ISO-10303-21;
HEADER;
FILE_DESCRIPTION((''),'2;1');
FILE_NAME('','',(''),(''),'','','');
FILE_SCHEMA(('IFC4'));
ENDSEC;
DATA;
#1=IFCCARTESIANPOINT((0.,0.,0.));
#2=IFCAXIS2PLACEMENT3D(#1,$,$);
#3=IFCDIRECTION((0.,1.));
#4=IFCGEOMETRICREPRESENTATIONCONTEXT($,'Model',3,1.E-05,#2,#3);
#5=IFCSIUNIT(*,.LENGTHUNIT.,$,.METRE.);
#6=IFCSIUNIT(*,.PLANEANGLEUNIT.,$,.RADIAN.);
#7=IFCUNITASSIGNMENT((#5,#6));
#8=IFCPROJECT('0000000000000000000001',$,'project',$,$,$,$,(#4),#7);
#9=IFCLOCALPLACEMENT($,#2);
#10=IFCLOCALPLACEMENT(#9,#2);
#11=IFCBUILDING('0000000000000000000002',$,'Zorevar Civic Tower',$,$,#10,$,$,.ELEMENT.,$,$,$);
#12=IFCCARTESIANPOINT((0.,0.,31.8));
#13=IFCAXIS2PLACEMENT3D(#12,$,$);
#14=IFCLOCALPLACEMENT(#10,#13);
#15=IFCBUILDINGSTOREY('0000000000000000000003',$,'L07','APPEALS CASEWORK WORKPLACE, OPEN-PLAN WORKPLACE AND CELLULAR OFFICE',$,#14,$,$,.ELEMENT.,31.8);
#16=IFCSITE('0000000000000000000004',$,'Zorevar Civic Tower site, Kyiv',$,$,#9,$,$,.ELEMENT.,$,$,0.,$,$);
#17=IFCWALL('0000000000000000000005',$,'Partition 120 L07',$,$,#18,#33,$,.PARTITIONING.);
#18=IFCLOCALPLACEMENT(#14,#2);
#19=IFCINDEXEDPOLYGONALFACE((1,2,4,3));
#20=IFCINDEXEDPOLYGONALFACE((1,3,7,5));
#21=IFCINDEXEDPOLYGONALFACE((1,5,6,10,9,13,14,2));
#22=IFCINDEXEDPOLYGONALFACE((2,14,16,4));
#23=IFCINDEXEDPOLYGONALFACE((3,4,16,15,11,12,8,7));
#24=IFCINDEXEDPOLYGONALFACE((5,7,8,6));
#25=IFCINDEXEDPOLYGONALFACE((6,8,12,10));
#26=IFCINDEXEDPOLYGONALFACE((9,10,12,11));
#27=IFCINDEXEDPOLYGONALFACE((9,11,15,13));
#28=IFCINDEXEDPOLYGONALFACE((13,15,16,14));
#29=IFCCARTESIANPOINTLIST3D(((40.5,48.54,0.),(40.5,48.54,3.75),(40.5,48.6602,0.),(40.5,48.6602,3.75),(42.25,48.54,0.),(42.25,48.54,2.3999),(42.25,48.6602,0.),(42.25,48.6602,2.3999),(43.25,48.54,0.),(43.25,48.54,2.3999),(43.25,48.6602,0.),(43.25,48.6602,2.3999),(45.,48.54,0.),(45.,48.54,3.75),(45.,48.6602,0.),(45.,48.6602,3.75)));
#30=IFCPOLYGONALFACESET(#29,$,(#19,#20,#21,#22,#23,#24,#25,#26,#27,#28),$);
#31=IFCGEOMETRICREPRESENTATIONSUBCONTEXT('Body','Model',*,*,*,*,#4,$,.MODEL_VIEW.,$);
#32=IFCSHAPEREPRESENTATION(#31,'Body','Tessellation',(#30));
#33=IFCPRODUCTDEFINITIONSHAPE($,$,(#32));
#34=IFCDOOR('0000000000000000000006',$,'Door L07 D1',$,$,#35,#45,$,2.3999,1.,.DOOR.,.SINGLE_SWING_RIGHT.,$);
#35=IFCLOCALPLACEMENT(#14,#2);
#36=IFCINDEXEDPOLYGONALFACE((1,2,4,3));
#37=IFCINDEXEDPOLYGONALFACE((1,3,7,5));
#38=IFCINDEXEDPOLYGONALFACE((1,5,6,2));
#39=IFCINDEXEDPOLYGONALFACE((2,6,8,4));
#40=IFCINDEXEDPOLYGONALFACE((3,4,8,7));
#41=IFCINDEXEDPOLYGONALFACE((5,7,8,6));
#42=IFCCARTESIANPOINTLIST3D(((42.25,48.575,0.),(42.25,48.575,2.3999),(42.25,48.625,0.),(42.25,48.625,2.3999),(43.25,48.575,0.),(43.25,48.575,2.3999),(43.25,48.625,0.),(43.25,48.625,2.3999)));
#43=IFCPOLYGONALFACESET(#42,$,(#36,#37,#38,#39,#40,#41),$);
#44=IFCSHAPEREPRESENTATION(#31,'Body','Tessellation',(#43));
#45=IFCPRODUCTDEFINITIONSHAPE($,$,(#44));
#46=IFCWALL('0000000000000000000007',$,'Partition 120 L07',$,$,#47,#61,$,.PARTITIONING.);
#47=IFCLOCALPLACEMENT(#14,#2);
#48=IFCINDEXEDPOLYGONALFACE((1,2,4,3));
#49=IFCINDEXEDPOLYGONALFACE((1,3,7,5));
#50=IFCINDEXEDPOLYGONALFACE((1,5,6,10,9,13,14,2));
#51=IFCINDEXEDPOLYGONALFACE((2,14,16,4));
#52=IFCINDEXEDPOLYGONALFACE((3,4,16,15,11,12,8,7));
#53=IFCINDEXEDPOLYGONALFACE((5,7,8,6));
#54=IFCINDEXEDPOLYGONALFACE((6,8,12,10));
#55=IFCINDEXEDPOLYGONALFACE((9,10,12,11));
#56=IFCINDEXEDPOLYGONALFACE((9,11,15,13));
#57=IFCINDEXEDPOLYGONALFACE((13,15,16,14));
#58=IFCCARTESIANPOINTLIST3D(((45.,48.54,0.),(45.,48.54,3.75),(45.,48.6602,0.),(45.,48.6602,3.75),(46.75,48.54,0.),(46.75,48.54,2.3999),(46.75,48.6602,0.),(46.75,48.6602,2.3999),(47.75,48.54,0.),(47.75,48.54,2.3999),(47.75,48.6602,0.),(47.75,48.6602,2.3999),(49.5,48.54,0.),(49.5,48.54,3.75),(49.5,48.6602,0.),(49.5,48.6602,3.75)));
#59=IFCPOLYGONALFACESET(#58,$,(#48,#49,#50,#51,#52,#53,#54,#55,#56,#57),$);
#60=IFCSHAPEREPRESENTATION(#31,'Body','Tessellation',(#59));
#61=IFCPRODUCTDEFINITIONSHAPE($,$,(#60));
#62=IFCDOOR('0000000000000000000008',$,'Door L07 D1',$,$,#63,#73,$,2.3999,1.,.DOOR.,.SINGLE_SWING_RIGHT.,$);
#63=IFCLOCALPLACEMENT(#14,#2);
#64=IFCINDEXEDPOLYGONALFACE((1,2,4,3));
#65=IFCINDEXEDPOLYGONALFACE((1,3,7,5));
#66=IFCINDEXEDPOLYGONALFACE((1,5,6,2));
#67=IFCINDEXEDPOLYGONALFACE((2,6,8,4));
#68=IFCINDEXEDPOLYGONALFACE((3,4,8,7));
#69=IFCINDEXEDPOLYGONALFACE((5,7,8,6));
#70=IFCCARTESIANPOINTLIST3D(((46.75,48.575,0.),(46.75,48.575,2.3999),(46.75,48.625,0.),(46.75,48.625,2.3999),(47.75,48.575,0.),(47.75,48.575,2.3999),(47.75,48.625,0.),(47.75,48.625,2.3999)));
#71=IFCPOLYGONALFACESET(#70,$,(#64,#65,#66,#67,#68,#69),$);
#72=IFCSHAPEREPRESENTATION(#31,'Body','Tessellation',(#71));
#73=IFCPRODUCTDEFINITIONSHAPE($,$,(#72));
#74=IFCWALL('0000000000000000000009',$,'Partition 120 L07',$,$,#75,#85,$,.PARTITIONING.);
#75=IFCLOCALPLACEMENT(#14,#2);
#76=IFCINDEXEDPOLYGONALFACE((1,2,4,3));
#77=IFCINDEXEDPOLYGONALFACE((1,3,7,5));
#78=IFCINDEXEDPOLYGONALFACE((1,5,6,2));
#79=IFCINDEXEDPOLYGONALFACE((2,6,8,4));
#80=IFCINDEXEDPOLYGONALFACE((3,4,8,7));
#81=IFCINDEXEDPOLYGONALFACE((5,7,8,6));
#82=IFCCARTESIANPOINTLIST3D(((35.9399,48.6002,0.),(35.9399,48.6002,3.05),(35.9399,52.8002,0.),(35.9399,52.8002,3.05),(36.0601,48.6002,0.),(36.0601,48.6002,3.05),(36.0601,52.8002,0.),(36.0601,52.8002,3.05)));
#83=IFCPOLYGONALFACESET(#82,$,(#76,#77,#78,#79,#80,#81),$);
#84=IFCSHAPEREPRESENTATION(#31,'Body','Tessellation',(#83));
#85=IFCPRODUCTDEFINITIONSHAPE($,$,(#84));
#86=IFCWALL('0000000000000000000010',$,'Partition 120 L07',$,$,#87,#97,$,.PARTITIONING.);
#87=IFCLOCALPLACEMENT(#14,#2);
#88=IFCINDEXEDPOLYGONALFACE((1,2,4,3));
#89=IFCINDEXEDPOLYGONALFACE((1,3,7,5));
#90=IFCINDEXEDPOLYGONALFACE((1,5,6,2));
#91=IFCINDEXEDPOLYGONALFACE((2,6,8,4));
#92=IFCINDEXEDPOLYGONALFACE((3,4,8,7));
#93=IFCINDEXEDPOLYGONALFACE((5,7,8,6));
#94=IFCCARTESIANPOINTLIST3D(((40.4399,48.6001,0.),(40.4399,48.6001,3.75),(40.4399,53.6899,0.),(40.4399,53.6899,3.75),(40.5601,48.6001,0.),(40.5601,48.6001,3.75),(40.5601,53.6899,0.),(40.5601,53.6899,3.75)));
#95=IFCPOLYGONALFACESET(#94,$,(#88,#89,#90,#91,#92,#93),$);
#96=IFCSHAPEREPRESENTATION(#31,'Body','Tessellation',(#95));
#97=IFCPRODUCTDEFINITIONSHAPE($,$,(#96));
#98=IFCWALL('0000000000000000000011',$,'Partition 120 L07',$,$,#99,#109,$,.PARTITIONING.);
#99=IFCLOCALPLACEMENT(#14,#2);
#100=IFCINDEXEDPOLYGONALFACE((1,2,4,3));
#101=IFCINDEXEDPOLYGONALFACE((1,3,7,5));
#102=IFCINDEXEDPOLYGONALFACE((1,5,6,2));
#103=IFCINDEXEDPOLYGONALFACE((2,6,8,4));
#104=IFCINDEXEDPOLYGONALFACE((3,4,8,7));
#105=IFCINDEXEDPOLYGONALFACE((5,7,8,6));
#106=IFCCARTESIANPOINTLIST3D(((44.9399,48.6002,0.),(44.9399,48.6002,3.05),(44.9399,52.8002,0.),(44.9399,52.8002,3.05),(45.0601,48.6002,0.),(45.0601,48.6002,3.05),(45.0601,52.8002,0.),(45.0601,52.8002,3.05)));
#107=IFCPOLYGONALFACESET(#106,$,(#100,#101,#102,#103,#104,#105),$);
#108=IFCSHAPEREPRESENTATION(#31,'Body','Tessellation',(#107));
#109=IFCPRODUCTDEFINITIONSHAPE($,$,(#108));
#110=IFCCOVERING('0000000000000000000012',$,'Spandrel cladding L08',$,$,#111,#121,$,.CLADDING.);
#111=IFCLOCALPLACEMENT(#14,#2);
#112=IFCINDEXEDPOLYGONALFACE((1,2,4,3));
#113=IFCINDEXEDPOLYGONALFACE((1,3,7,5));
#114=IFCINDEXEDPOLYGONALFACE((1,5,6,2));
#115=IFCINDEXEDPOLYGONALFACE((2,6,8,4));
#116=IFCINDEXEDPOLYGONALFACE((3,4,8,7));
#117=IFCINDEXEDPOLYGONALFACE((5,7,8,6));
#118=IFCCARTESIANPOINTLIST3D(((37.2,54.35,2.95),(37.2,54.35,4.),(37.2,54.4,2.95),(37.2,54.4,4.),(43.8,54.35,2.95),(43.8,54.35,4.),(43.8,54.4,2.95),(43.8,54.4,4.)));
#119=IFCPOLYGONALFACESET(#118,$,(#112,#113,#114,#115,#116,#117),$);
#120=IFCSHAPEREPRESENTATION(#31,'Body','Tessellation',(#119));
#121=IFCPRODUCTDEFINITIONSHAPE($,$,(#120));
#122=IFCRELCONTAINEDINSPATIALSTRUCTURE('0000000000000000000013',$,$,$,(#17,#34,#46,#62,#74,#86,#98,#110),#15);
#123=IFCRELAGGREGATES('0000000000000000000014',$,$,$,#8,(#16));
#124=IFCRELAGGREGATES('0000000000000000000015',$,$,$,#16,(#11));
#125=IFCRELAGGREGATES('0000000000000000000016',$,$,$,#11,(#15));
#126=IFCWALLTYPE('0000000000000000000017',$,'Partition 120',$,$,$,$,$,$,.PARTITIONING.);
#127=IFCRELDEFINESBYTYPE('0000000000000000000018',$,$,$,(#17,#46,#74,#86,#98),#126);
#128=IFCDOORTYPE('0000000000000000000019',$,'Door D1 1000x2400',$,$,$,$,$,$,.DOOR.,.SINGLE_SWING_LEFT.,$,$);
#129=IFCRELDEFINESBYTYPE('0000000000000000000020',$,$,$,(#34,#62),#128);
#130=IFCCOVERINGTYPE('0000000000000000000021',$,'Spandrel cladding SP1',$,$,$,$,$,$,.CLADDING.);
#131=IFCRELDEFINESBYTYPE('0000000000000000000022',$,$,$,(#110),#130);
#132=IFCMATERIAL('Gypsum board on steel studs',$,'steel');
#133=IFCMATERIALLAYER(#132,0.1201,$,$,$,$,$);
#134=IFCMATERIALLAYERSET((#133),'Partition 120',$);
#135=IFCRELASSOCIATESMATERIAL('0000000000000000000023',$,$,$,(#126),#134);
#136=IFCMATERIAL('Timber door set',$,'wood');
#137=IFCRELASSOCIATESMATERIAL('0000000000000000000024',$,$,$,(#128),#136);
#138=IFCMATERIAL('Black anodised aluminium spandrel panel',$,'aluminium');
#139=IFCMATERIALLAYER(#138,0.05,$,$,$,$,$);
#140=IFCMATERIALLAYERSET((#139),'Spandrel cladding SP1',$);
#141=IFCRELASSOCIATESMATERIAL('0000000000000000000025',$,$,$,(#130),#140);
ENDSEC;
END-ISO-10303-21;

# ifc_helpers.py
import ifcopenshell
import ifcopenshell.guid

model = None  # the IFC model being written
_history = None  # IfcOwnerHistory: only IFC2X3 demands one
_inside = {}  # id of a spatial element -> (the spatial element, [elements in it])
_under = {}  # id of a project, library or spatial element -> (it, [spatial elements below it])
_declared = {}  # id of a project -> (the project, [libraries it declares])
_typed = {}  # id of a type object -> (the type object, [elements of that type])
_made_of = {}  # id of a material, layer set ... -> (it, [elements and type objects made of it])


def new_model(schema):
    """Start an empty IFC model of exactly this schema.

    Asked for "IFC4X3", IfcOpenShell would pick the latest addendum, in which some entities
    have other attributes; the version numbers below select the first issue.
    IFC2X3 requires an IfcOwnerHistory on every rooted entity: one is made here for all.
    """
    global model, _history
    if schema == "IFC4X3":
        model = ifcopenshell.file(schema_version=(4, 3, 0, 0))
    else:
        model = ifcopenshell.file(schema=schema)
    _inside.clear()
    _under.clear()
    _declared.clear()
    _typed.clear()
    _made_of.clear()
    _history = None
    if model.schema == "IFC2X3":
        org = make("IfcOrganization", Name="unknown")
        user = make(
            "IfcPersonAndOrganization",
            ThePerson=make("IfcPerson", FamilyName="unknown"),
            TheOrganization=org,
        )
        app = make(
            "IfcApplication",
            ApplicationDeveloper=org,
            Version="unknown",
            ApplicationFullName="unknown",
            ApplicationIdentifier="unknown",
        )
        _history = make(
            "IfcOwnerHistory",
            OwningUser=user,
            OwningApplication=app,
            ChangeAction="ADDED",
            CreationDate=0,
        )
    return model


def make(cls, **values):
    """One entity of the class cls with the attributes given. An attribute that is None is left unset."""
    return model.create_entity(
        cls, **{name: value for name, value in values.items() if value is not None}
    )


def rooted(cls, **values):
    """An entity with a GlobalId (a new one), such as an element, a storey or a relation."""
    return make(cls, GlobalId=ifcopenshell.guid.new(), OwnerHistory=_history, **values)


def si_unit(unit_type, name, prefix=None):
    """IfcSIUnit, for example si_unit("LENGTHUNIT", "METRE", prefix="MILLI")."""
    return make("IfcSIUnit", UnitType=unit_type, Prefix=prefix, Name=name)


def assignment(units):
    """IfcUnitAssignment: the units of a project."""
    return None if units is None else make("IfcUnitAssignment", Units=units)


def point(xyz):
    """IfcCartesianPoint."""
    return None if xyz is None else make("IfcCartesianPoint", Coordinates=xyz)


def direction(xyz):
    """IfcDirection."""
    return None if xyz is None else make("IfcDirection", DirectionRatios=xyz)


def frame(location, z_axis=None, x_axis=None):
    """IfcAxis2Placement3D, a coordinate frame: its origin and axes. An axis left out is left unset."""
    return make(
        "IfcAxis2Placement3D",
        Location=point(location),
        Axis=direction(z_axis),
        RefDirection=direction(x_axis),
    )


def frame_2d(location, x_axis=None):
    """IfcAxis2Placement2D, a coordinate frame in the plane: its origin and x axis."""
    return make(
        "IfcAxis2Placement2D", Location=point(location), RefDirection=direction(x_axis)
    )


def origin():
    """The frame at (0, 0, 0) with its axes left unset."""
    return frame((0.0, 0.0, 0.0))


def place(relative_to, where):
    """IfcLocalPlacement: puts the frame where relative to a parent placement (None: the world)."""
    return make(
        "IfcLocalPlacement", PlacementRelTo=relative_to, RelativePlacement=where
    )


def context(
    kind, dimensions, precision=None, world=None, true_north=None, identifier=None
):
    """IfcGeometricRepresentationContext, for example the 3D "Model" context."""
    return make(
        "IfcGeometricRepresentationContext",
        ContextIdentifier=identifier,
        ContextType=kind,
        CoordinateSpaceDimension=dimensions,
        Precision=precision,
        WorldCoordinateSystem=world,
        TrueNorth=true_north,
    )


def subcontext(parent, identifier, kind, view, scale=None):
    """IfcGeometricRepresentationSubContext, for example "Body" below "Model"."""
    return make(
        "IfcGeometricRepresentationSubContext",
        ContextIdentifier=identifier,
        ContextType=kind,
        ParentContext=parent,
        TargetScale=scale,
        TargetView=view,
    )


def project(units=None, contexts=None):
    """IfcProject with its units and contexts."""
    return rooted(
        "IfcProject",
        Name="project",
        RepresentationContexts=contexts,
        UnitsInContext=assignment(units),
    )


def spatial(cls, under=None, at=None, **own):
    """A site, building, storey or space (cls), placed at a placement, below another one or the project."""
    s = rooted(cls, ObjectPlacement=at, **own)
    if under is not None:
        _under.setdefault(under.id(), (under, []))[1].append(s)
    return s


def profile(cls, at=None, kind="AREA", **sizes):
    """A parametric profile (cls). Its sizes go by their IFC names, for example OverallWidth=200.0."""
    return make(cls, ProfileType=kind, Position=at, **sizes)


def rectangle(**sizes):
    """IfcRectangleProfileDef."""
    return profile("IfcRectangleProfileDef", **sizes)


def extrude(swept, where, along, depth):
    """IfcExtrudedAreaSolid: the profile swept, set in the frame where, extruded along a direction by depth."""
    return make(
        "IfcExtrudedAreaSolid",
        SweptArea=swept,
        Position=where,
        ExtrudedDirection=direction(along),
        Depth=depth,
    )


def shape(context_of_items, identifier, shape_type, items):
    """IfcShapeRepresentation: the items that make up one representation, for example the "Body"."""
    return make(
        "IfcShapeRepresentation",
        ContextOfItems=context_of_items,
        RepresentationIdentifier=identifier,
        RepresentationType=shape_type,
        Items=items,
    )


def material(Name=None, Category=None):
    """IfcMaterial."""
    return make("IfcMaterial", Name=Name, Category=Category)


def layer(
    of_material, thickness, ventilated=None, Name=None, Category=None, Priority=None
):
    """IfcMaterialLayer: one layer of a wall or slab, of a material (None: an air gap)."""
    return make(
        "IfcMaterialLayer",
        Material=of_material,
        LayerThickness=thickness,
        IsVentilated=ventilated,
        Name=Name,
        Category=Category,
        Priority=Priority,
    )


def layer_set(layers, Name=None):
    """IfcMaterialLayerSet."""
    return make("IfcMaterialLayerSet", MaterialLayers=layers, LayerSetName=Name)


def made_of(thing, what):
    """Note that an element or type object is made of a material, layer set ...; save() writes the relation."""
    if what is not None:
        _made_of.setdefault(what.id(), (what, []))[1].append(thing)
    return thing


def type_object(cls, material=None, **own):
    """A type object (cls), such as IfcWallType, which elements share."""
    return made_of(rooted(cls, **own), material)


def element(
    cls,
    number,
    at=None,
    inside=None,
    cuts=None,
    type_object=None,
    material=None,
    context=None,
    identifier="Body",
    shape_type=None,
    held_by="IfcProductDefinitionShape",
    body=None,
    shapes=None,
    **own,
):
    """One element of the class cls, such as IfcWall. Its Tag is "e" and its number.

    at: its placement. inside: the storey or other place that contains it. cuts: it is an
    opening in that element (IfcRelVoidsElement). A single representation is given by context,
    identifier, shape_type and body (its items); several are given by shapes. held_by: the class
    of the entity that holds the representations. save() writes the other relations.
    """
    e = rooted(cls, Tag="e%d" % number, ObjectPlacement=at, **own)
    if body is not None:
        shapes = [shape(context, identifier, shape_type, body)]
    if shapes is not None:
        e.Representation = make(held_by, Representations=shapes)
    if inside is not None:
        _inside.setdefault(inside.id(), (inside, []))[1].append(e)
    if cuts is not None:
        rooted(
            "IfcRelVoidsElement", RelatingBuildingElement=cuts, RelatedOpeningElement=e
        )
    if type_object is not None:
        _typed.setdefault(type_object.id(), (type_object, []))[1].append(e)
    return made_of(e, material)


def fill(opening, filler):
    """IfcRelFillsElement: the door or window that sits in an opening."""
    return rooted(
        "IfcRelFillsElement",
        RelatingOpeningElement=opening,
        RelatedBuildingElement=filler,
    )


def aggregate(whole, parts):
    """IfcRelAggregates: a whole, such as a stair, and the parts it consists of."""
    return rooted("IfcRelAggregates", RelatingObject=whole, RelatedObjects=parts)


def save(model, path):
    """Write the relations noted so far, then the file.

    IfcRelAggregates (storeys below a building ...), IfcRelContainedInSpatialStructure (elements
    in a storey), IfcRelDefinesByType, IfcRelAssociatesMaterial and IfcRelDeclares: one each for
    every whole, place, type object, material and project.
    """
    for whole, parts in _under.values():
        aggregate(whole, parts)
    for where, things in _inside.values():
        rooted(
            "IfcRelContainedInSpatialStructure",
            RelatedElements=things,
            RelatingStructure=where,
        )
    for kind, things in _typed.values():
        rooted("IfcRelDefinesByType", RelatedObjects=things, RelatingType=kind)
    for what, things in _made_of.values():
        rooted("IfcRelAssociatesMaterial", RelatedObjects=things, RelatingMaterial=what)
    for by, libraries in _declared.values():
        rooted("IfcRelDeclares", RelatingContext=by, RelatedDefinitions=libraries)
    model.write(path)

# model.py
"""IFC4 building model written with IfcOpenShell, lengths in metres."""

from ifc_helpers import new_model, si_unit, direction, frame, frame_2d, origin, place, context, subcontext, project, spatial, rectangle, extrude, material, layer, layer_set, type_object, element, fill, save


model = new_model("IFC4")

# Units and contexts
model_context = context("Model", 3, precision=1e-05, world=origin(), true_north=direction((0.0, 1.0)))
body_context = subcontext(model_context, "Body", "Model", "MODEL_VIEW")
ifc_project = project(units=[si_unit("LENGTHUNIT", "METRE"), si_unit("PLANEANGLEUNIT", "RADIAN")], contexts=[model_context])

# Site, building, storey
site_placement = place(None, origin())
site = spatial("IfcSite", under=ifc_project, at=site_placement, Name="Zorevar Civic Tower site, Kyiv", CompositionType="ELEMENT", RefElevation=0.0)
building_placement = place(site_placement, origin())
building = spatial("IfcBuilding", under=site, at=building_placement, Name="Zorevar Civic Tower", CompositionType="ELEMENT")
storey_placement = place(building_placement, frame((0.0, 0.0, 31.8)))
storey = spatial("IfcBuildingStorey", under=building, at=storey_placement, Name="L07", Description="APPEALS CASEWORK WORKPLACE, OPEN-PLAN WORKPLACE AND CELLULAR OFFICE", CompositionType="ELEMENT", Elevation=31.8)

# Walls, openings, doors
ifc_material_1 = material(Name="Gypsum board on steel studs", Category="steel")
ifc_layer_1 = layer(ifc_material_1, 0.1201)
ifc_layer_set_1 = layer_set([ifc_layer_1], Name="Partition 120")
wall_type = type_object("IfcWallType", Name="Partition 120", PredefinedType="PARTITIONING", material=ifc_layer_set_1)
wall_1_placement = place(storey_placement, frame((40.5, 48.6001, 0.0), z_axis=(0.0, 0.0, 1.0), x_axis=(1.0, 0.0, 0.0)))
wall_1 = element("IfcWall", 1, at=wall_1_placement, inside=storey, type_object=wall_type, Name="Partition 120 L07", PredefinedType="PARTITIONING", context=body_context, shape_type="SweptSolid", body=[
    extrude(rectangle(XDim=4.5, YDim=0.1201, at=frame_2d((2.25, 0.0))), origin(), (0.0, 0.0, 1.0), 3.75),
])
opening_1_placement = place(wall_1_placement, frame((1.75, 0.0, 0.0)))
opening_1 = element("IfcOpeningElement", 2, at=opening_1_placement, cuts=wall_1, PredefinedType="OPENING", context=body_context, shape_type="SweptSolid", body=[
    extrude(rectangle(XDim=1.0, YDim=2.3999, at=frame_2d((0.5, 1.2))), frame((0.0, 0.0701, 0.0), z_axis=(0.0, -1.0, 0.0), x_axis=(1.0, 0.0, 0.0)), (0.0, 0.0, 1.0), 0.1401),
])
ifc_material_2 = material(Name="Timber door set", Category="wood")
door_type = type_object("IfcDoorType", Name="Door D1 1000x2400", OperationType="SINGLE_SWING_LEFT", PredefinedType="DOOR", material=ifc_material_2)
door_1_placement = place(opening_1_placement, origin())
door_1 = element("IfcDoor", 3, at=door_1_placement, inside=storey, type_object=door_type, Name="Door L07 D1", OperationType="SINGLE_SWING_RIGHT", OverallHeight=2.3999, OverallWidth=1.0, PredefinedType="DOOR", context=body_context, shape_type="SweptSolid", body=[
    extrude(rectangle(XDim=1.0, YDim=2.3999, at=frame_2d((0.5, 1.2))), frame((0.0, 0.0249, 0.0), z_axis=(0.0, -1.0, 0.0), x_axis=(1.0, 0.0, 0.0)), (0.0, 0.0, 1.0), 0.05),
])
fill(opening_1, door_1)
wall_2_placement = place(storey_placement, frame((45.0, 48.6001, 0.0), z_axis=(0.0, 0.0, 1.0), x_axis=(1.0, 0.0, 0.0)))
wall_2 = element("IfcWall", 4, at=wall_2_placement, inside=storey, type_object=wall_type, Name="Partition 120 L07", PredefinedType="PARTITIONING", context=body_context, shape_type="SweptSolid", body=[
    extrude(rectangle(XDim=4.5, YDim=0.1201, at=frame_2d((2.25, 0.0))), origin(), (0.0, 0.0, 1.0), 3.75),
])
opening_2_placement = place(wall_2_placement, frame((1.75, 0.0, 0.0)))
opening_2 = element("IfcOpeningElement", 5, at=opening_2_placement, cuts=wall_2, PredefinedType="OPENING", context=body_context, shape_type="SweptSolid", body=[
    extrude(rectangle(XDim=1.0, YDim=2.3999, at=frame_2d((0.5, 1.2))), frame((0.0, 0.0701, 0.0), z_axis=(0.0, -1.0, 0.0), x_axis=(1.0, 0.0, 0.0)), (0.0, 0.0, 1.0), 0.1401),
])
door_2_placement = place(opening_2_placement, origin())
door_2 = element("IfcDoor", 6, at=door_2_placement, inside=storey, type_object=door_type, Name="Door L07 D1", OperationType="SINGLE_SWING_RIGHT", OverallHeight=2.3999, OverallWidth=1.0, PredefinedType="DOOR", context=body_context, shape_type="SweptSolid", body=[
    extrude(rectangle(XDim=1.0, YDim=2.3999, at=frame_2d((0.5, 1.2))), frame((0.0, 0.0249, 0.0), z_axis=(0.0, -1.0, 0.0), x_axis=(1.0, 0.0, 0.0)), (0.0, 0.0, 1.0), 0.05),
])
fill(opening_2, door_2)

# Walls
wall_3_placement = place(storey_placement, frame((36.0, 48.6001, 0.0), z_axis=(0.0, 0.0, 1.0), x_axis=(0.0, 1.0, 0.0)))
element("IfcWall", 7, at=wall_3_placement, inside=storey, type_object=wall_type, Name="Partition 120 L07", PredefinedType="PARTITIONING", context=body_context, shape_type="SweptSolid", body=[
    extrude(rectangle(XDim=4.2, YDim=0.1201, at=frame_2d((2.1001, 0.0))), origin(), (0.0, 0.0, 1.0), 3.05),
])
wall_4_placement = place(storey_placement, frame((40.5, 48.6001, 0.0), z_axis=(0.0, 0.0, 1.0), x_axis=(0.0, 1.0, 0.0)))
element("IfcWall", 8, at=wall_4_placement, inside=storey, type_object=wall_type, Name="Partition 120 L07", PredefinedType="PARTITIONING", context=body_context, shape_type="SweptSolid", body=[
    extrude(rectangle(XDim=5.0898, YDim=0.1201, at=frame_2d((2.5449, 0.0))), origin(), (0.0, 0.0, 1.0), 3.75),
])
wall_5_placement = place(storey_placement, frame((45.0, 48.6001, 0.0), z_axis=(0.0, 0.0, 1.0), x_axis=(0.0, 1.0, 0.0)))
element("IfcWall", 9, at=wall_5_placement, inside=storey, type_object=wall_type, Name="Partition 120 L07", PredefinedType="PARTITIONING", context=body_context, shape_type="SweptSolid", body=[
    extrude(rectangle(XDim=4.2, YDim=0.1201, at=frame_2d((2.1001, 0.0))), origin(), (0.0, 0.0, 1.0), 3.05),
])

# Covering
ifc_material_3 = material(Name="Black anodised aluminium spandrel panel", Category="aluminium")
ifc_layer_2 = layer(ifc_material_3, 0.05)
ifc_layer_set_2 = layer_set([ifc_layer_2], Name="Spandrel cladding SP1")
covering_type = type_object("IfcCoveringType", Name="Spandrel cladding SP1", PredefinedType="CLADDING", material=ifc_layer_set_2)
covering_placement = place(storey_placement, frame((37.2, 54.375, 2.95), z_axis=(0.0, 0.0, 1.0), x_axis=(1.0, 0.0, 0.0)))
element("IfcCovering", 10, at=covering_placement, inside=storey, type_object=covering_type, Name="Spandrel cladding L08", PredefinedType="CLADDING", context=body_context, shape_type="SweptSolid", body=[
    extrude(rectangle(XDim=6.6001, YDim=0.05, at=frame_2d((3.3, 0.0))), origin(), (0.0, 0.0, 1.0), 1.05),
])

save(model, "model.ifc")
